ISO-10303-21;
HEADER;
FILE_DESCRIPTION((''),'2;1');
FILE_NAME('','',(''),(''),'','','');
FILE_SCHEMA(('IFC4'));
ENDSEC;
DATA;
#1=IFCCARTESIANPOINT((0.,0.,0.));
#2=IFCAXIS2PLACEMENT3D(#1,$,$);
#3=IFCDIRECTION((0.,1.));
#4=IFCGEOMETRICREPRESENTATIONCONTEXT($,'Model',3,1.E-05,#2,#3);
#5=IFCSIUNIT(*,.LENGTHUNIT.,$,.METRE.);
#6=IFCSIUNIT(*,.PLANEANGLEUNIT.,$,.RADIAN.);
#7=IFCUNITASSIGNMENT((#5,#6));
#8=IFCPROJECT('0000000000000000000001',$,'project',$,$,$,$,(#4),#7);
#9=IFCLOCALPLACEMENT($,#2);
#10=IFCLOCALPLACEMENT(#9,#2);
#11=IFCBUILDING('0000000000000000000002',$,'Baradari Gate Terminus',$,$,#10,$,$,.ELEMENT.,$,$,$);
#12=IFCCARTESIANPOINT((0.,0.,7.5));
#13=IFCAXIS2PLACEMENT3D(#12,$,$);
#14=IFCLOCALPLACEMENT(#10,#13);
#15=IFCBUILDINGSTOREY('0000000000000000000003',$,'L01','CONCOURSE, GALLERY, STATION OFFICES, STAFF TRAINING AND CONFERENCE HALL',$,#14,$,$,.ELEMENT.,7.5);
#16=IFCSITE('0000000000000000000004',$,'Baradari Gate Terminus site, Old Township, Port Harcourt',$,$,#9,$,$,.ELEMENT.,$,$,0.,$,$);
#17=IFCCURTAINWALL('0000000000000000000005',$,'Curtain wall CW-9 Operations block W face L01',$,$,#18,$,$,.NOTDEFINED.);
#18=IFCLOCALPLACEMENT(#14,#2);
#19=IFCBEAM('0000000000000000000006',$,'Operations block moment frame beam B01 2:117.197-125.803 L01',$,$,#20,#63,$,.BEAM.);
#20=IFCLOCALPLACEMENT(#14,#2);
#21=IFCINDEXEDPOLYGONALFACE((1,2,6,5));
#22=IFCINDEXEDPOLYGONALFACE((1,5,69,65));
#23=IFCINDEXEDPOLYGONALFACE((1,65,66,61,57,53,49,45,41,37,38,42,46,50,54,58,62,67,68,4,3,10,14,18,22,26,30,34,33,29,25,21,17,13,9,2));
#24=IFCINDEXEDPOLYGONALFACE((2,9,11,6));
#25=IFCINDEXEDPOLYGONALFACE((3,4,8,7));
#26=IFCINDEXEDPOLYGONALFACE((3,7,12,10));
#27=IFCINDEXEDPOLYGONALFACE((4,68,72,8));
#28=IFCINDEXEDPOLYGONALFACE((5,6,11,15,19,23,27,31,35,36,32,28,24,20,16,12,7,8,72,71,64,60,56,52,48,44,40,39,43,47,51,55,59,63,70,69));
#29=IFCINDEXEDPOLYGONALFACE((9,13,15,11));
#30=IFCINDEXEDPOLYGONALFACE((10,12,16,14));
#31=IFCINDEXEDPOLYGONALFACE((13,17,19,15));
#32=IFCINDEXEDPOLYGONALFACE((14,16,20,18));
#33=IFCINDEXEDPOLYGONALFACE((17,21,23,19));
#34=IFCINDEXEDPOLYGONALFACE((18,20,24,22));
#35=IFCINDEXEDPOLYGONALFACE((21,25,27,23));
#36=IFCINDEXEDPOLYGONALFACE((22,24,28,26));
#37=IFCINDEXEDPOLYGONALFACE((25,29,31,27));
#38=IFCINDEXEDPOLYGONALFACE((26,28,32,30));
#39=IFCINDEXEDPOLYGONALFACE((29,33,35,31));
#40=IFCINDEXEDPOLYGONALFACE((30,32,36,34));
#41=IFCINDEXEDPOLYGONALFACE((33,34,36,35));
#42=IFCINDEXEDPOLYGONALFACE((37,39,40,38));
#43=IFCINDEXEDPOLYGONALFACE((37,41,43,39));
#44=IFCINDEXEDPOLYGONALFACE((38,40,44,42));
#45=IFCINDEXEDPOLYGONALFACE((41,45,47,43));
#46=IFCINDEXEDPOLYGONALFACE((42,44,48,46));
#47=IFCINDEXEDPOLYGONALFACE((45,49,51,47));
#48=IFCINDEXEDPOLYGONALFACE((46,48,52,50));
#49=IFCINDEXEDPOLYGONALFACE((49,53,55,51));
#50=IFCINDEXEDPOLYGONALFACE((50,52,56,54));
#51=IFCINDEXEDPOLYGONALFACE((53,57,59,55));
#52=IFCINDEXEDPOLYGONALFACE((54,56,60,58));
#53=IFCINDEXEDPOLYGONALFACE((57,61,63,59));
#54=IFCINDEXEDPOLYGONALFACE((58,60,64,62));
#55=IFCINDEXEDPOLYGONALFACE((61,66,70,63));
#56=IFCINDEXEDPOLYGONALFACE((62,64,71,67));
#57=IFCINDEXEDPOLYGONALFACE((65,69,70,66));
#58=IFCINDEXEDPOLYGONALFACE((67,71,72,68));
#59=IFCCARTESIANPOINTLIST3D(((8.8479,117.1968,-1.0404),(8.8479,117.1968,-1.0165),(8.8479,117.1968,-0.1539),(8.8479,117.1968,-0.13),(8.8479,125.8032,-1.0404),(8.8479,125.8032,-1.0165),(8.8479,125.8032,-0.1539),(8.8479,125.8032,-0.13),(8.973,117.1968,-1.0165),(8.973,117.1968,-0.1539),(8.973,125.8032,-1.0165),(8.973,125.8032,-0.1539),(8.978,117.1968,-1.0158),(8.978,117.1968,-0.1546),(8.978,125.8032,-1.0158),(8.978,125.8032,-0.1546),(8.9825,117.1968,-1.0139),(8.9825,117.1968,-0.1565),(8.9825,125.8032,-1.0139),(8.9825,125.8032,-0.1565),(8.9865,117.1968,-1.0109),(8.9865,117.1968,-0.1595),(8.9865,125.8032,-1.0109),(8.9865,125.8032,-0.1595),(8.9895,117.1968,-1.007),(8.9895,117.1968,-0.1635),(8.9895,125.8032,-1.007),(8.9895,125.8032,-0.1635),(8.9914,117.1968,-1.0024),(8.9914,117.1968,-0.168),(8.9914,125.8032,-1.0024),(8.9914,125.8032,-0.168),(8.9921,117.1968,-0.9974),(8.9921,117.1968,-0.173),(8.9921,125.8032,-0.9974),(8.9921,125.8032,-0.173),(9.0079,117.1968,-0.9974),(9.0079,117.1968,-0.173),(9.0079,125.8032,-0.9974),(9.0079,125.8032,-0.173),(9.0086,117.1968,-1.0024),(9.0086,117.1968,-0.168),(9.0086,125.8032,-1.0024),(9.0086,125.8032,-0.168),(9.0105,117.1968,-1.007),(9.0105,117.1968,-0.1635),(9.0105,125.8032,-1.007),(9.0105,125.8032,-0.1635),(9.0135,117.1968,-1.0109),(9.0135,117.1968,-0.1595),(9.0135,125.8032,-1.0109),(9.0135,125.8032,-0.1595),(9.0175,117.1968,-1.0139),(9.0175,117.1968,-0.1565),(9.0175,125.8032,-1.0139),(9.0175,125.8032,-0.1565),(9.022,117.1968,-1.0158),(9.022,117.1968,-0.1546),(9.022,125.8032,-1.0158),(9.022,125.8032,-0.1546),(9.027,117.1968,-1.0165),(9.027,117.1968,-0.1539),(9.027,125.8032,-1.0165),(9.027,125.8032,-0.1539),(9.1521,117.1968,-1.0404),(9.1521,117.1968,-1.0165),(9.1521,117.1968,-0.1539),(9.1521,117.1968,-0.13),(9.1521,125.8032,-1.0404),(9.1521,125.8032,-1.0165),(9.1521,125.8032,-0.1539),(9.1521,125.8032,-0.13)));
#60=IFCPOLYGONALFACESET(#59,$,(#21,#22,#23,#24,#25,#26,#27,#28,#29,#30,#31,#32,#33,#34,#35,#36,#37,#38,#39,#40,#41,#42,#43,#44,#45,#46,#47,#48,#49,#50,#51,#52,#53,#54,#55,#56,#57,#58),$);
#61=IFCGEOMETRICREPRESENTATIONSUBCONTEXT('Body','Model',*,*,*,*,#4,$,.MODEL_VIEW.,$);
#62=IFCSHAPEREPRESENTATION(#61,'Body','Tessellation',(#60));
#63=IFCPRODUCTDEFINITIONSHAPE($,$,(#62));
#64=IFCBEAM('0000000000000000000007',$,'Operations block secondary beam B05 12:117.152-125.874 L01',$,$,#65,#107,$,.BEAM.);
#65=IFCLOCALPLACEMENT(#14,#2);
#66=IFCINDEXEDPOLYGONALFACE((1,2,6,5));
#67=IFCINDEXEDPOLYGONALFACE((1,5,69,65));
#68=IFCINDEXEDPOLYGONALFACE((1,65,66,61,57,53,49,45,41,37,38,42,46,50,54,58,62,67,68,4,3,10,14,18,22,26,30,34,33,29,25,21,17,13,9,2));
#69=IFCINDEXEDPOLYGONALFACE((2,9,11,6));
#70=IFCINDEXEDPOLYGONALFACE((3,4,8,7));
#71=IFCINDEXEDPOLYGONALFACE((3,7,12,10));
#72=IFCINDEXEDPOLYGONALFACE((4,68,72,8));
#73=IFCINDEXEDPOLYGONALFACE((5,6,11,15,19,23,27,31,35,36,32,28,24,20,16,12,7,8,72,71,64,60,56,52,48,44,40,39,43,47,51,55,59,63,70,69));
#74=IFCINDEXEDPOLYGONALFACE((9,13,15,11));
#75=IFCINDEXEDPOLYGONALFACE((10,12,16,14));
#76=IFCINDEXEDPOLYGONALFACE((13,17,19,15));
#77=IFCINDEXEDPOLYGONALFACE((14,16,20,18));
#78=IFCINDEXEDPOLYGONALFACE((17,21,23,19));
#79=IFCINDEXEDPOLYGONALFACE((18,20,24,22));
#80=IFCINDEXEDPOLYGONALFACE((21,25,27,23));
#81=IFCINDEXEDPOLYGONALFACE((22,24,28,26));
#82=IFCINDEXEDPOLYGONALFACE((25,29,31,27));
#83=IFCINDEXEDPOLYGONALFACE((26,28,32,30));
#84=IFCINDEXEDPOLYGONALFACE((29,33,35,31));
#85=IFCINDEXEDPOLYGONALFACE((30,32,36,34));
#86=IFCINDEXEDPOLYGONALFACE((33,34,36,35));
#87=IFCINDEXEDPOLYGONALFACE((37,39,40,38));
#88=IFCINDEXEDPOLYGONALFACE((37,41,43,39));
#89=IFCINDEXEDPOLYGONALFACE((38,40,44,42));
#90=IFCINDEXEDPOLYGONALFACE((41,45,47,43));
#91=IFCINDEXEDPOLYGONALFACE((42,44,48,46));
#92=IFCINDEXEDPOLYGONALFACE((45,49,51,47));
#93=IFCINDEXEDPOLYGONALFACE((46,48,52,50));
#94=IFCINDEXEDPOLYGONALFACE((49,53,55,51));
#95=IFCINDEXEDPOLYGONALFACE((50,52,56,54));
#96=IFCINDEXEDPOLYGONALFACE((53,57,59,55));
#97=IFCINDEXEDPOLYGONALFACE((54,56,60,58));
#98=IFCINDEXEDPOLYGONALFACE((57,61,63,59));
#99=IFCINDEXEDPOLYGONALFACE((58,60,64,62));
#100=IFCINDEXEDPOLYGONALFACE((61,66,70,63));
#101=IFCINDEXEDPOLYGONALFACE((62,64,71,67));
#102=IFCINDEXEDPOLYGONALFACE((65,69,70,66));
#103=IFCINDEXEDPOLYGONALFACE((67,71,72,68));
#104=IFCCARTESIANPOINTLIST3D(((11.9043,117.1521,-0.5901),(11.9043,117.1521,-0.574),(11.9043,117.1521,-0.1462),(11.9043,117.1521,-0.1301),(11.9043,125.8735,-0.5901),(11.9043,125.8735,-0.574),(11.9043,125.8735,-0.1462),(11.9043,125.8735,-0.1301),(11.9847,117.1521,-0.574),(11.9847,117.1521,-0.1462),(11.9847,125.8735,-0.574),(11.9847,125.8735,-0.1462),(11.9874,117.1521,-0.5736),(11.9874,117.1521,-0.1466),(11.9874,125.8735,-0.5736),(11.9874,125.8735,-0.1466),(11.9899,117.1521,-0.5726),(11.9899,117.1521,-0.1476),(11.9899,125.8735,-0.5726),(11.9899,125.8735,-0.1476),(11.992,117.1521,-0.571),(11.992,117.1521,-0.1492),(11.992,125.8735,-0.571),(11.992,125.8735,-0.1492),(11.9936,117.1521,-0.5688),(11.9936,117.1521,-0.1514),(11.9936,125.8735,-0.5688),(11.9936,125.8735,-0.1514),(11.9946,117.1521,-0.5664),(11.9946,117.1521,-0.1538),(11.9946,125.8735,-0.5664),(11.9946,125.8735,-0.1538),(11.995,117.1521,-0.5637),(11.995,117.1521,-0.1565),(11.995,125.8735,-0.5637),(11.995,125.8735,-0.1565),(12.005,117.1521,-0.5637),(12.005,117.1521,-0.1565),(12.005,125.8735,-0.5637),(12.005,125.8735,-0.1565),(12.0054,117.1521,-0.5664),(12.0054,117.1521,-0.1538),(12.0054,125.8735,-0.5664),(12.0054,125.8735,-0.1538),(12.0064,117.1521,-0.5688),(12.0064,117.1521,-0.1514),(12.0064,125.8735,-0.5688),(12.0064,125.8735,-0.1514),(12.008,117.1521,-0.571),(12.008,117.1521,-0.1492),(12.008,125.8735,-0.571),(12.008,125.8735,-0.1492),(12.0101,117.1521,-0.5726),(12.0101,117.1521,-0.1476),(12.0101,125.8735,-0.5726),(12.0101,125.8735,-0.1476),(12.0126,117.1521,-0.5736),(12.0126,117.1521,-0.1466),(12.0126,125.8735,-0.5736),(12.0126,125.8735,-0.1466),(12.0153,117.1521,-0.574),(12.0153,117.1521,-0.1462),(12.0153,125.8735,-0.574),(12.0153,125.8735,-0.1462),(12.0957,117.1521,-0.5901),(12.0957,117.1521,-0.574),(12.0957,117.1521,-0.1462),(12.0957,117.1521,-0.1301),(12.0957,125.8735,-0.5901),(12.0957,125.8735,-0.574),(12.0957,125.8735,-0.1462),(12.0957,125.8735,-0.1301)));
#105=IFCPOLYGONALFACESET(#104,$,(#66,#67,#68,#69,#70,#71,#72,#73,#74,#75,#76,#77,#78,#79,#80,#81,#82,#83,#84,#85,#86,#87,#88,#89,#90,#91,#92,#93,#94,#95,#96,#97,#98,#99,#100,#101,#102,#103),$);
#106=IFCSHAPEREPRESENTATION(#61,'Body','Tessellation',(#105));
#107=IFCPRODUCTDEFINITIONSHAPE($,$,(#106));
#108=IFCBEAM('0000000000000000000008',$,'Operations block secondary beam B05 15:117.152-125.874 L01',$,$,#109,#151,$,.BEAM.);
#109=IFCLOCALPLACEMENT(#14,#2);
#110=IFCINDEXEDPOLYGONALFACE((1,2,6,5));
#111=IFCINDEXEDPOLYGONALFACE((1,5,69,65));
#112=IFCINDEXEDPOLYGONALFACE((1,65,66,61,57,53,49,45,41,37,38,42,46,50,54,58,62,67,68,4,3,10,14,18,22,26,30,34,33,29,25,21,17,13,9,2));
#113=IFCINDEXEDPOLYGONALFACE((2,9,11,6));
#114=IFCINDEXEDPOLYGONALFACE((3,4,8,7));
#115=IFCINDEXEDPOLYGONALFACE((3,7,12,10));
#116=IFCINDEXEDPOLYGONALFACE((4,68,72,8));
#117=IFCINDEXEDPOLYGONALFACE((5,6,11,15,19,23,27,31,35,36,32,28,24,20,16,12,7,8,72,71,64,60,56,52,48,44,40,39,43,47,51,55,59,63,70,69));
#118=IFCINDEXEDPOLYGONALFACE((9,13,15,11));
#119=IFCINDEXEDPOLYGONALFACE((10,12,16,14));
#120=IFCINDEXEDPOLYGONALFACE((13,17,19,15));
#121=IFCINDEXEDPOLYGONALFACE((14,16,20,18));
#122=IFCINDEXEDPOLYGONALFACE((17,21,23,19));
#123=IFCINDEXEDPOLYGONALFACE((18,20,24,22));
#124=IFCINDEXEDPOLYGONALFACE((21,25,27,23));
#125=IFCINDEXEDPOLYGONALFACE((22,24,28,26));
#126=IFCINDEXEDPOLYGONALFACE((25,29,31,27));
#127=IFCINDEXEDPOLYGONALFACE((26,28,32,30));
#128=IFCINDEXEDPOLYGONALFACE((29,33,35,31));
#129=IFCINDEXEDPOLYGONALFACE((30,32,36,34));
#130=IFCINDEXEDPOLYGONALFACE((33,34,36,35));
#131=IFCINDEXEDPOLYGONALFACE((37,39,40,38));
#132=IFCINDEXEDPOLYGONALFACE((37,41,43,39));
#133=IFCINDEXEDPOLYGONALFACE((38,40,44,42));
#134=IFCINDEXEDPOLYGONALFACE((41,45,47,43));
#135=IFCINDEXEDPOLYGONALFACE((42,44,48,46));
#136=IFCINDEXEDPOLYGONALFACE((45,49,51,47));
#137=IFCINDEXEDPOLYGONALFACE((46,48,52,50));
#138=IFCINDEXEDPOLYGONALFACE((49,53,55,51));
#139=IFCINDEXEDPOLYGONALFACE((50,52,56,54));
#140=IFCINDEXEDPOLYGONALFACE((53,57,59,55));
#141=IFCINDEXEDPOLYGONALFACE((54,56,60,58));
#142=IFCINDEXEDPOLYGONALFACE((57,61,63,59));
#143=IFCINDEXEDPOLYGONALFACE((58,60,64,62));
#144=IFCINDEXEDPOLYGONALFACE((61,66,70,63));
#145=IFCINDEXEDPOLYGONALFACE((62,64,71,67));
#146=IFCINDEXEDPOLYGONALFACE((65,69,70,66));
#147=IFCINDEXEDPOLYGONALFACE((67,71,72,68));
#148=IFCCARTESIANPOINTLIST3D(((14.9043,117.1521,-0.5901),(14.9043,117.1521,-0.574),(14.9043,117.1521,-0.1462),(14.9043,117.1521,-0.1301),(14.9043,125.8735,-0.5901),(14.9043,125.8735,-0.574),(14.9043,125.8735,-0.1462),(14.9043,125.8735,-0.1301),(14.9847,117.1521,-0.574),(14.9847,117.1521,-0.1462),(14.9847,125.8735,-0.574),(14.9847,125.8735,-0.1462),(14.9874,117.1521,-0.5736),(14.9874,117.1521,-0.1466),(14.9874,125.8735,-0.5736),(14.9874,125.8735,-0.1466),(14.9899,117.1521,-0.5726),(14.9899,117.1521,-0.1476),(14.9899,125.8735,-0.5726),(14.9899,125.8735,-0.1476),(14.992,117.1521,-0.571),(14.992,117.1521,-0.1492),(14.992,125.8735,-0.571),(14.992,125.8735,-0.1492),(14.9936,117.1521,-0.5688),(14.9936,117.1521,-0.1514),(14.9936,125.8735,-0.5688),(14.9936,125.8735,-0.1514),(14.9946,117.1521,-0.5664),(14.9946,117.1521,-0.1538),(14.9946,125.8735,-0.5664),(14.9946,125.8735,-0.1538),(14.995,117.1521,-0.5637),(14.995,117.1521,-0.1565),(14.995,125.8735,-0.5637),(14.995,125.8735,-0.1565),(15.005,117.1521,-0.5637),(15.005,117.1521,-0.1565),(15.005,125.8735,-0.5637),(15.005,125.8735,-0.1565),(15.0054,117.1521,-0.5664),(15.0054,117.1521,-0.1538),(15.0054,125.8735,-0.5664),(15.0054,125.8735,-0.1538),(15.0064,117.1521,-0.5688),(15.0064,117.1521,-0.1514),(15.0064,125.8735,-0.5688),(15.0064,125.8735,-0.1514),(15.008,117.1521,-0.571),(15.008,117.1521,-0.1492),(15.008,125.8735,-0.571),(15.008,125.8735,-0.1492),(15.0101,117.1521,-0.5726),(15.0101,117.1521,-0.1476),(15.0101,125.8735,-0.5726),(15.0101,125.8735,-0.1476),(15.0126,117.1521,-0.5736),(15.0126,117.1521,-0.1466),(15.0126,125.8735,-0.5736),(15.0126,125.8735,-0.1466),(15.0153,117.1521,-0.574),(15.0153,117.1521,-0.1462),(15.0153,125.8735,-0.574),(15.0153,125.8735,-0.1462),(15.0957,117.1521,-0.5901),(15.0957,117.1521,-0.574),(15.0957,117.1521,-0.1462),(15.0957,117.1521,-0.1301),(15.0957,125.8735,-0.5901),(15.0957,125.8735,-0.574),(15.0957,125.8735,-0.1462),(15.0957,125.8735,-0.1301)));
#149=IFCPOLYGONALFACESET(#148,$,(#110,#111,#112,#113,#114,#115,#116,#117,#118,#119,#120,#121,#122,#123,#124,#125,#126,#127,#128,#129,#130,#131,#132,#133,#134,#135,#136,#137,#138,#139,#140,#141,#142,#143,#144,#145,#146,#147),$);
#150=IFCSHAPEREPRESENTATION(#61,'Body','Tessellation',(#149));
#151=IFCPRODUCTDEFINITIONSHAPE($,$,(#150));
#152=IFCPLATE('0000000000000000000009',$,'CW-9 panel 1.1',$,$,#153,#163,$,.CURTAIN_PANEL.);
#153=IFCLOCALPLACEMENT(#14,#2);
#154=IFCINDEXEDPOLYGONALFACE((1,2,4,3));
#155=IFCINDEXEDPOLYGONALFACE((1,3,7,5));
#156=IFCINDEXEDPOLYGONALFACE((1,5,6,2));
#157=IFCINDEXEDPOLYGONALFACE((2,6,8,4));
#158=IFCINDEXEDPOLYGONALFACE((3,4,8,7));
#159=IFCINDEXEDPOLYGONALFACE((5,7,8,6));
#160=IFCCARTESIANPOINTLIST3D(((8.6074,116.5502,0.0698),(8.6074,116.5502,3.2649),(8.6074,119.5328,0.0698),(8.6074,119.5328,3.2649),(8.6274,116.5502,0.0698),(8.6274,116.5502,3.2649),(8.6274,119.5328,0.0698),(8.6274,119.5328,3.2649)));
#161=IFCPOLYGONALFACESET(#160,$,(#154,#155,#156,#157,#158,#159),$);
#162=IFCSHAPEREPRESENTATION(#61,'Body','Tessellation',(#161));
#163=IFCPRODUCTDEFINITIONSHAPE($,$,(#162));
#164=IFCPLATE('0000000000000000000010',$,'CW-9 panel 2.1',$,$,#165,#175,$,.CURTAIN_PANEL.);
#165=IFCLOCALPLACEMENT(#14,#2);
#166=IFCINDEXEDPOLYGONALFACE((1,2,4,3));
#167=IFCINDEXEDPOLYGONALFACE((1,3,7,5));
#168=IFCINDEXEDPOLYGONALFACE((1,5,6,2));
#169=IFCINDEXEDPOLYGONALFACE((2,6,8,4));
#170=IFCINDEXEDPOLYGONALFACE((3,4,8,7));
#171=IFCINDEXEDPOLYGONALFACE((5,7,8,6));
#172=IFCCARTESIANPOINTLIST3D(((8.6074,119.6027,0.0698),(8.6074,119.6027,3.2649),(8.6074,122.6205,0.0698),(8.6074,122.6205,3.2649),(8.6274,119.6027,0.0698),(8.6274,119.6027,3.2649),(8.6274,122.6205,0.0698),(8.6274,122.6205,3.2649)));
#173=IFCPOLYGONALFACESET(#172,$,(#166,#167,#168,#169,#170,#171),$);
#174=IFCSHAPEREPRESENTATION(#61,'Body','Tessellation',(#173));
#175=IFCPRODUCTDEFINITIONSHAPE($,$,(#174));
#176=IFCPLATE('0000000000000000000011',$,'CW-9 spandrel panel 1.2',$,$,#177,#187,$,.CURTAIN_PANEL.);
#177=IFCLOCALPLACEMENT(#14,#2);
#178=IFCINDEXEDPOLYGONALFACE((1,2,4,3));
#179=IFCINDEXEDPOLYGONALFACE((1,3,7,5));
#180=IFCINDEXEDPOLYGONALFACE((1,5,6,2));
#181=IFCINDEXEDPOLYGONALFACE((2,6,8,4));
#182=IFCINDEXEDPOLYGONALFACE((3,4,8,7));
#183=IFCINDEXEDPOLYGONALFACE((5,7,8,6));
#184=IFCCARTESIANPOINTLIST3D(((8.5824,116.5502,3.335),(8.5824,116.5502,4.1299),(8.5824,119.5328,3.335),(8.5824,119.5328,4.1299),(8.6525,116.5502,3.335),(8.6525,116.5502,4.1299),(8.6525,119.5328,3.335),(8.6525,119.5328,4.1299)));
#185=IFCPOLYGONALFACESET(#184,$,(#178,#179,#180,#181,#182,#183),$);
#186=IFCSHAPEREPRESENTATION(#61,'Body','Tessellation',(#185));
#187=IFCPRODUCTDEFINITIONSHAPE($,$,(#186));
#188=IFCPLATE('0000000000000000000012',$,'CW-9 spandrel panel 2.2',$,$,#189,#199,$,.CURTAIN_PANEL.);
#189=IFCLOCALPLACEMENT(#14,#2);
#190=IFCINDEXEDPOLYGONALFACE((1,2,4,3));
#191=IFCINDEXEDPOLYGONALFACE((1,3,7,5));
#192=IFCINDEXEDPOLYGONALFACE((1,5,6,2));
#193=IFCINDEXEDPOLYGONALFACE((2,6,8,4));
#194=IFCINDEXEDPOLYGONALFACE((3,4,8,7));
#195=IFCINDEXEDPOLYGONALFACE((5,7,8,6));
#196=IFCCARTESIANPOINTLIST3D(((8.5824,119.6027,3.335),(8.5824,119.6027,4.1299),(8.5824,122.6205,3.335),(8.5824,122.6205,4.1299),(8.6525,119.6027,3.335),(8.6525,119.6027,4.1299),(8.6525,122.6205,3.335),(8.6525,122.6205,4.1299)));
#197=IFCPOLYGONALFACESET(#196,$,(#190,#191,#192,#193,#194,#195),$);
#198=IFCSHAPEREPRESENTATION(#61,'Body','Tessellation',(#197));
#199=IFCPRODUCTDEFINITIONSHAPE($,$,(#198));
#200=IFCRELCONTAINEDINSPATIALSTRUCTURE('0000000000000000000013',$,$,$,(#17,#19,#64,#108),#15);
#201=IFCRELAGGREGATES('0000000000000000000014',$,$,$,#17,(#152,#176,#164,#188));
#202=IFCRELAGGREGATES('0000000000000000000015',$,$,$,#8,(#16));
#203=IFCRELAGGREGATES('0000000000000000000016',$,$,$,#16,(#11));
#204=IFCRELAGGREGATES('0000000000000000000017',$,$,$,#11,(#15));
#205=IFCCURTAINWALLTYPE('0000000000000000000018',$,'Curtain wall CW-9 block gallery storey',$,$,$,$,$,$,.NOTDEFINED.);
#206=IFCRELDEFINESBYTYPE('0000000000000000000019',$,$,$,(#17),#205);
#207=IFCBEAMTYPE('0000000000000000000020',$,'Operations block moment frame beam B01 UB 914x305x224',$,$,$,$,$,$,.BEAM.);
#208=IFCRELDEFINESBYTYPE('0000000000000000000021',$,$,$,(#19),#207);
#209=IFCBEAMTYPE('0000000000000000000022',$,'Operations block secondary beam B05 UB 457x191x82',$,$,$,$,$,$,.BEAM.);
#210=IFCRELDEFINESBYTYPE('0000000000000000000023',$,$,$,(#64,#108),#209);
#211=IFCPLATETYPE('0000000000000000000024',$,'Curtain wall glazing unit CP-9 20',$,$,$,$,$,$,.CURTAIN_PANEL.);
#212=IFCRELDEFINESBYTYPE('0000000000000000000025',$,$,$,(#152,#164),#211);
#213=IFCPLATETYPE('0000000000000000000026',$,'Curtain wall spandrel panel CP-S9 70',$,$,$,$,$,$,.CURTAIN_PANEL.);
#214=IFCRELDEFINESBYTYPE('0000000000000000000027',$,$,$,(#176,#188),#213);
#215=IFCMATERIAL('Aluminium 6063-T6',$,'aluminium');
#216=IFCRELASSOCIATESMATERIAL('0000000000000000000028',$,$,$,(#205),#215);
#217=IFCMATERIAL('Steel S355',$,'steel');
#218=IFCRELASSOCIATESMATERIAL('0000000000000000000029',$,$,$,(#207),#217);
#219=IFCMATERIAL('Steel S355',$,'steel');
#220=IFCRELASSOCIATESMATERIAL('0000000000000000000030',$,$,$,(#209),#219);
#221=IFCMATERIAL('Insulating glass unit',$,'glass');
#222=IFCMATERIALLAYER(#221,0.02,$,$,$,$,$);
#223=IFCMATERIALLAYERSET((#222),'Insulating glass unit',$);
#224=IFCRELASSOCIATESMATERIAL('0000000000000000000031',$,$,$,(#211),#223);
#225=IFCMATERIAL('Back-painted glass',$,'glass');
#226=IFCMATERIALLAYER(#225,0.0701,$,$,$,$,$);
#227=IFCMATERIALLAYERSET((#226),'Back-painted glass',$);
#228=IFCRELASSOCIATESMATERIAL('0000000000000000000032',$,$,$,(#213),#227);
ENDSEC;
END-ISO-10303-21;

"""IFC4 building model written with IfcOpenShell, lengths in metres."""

from ifc_helpers import new_model, si_unit, direction, frame, origin, origin_2d, place, context, subcontext, project, spatial, rectangle, i_section, extrude, material, layer, layer_set, material_profile, profile_set, type_object, element, aggregate, save


model = new_model("IFC4")

# Units and contexts
model_context = context("Model", 3, precision=1e-05, world=origin(), true_north=direction((0.0, 1.0)))
body_context = subcontext(model_context, "Body", "Model", "MODEL_VIEW")
ifc_project = project(units=[si_unit("LENGTHUNIT", "METRE"), si_unit("PLANEANGLEUNIT", "RADIAN")], contexts=[model_context])

# Site, building, storey
site_placement = place(None, origin())
site = spatial("IfcSite", under=ifc_project, at=site_placement, Name="Baradari Gate Terminus site, Old Township, Port Harcourt", CompositionType="ELEMENT", RefElevation=0.0)
building_placement = place(site_placement, origin())
building = spatial("IfcBuilding", under=site, at=building_placement, Name="Baradari Gate Terminus", CompositionType="ELEMENT")
storey_placement = place(building_placement, frame((0.0, 0.0, 7.5)))
storey = spatial("IfcBuildingStorey", under=building, at=storey_placement, Name="L01", Description="CONCOURSE, GALLERY, STATION OFFICES, STAFF TRAINING AND CONFERENCE HALL", CompositionType="ELEMENT", Elevation=7.5)

# Curtain wall
ifc_material_1 = material(Name="Aluminium 6063-T6", Category="aluminium")
curtain_wall_type = type_object("IfcCurtainWallType", Name="Curtain wall CW-9 block gallery storey", PredefinedType="NOTDEFINED", material=ifc_material_1)
curtain_wall_placement = place(storey_placement, origin())
curtain_wall = element("IfcCurtainWall", 1, at=curtain_wall_placement, inside=storey, type_object=curtain_wall_type, Name="Curtain wall CW-9 Operations block W face L01", PredefinedType="NOTDEFINED")

# Beams
ifc_material_2 = material(Name="Steel S355", Category="steel")
ifc_material_profile_1 = material_profile(ifc_material_2, i_section(OverallWidth=0.3042, OverallDepth=0.9104, WebThickness=0.0159, FlangeThickness=0.0239, FilletRadius=0.019, at=origin_2d()), Name="UB 914x305x224")
ifc_profile_set_1 = profile_set([ifc_material_profile_1], Name="Steel S355")
beam_type_1 = type_object("IfcBeamType", Name="Operations block moment frame beam B01 UB 914x305x224", PredefinedType="BEAM", material=ifc_profile_set_1)
beam_1_placement = place(storey_placement, frame((9.0, 117.1968, -0.5852), z_axis=(0.0, 1.0, 0.0), x_axis=(-1.0, 0.0, 0.0)))
element("IfcBeam", 2, at=beam_1_placement, inside=storey, type_object=beam_type_1, Name="Operations block moment frame beam B01 2:117.197-125.803 L01", PredefinedType="BEAM", context=body_context, shape_type="SweptSolid", body=[
    extrude(i_section(OverallWidth=0.3042, OverallDepth=0.9104, WebThickness=0.0159, FlangeThickness=0.0239, FilletRadius=0.019, at=origin_2d()), origin(), (0.0, 0.0, 1.0), 8.6064),
])
ifc_material_3 = material(Name="Steel S355", Category="steel")
ifc_material_profile_2 = material_profile(ifc_material_3, i_section(OverallWidth=0.1914, OverallDepth=0.46, WebThickness=0.01, FlangeThickness=0.0161, FilletRadius=0.0103, at=origin_2d()), Name="UB 457x191x82")
ifc_profile_set_2 = profile_set([ifc_material_profile_2], Name="Steel S355")
beam_type_2 = type_object("IfcBeamType", Name="Operations block secondary beam B05 UB 457x191x82", PredefinedType="BEAM", material=ifc_profile_set_2)
for number, where, z_axis, x_axis, name in (
    (3, (12.0, 117.1521, -0.3601), (0.0, 1.0, 0.0), (-1.0, 0.0, 0.0), "Operations block secondary beam B05 12:117.152-125.874 L01"),
    (4, (15.0, 117.1521, -0.3601), (0.0, 1.0, 0.0), (-1.0, 0.0, 0.0), "Operations block secondary beam B05 15:117.152-125.874 L01"),
):
    element("IfcBeam", number, at=place(storey_placement, frame(where, z_axis=z_axis, x_axis=x_axis)), inside=storey, type_object=beam_type_2, Name=name, PredefinedType="BEAM", context=body_context, shape_type="SweptSolid", body=[
        extrude(i_section(OverallWidth=0.1914, OverallDepth=0.46, WebThickness=0.01, FlangeThickness=0.0161, FilletRadius=0.0103, at=origin_2d()), origin(), (0.0, 0.0, 1.0), 8.7214),
    ])

# Plates
ifc_material_4 = material(Name="Insulating glass unit", Category="glass")
ifc_layer_1 = layer(ifc_material_4, 0.02)
ifc_layer_set_1 = layer_set([ifc_layer_1], Name="Insulating glass unit")
plate_type_1 = type_object("IfcPlateType", Name="Curtain wall glazing unit CP-9 20", PredefinedType="CURTAIN_PANEL", material=ifc_layer_set_1)
plate_1_placement = place(storey_placement, frame((8.6174, 118.0415, 0.0698), z_axis=(0.0, 0.0, 1.0), x_axis=(0.0, 1.0, 0.0)))
plate_1 = element("IfcPlate", 5, at=plate_1_placement, type_object=plate_type_1, Name="CW-9 panel 1.1", PredefinedType="CURTAIN_PANEL", context=body_context, shape_type="SweptSolid", body=[
    extrude(rectangle(XDim=2.9827, YDim=0.02, at=origin_2d()), origin(), (0.0, 0.0, 1.0), 3.1951),
])
plate_2_placement = place(storey_placement, frame((8.6174, 121.1116, 0.0698), z_axis=(0.0, 0.0, 1.0), x_axis=(0.0, 1.0, 0.0)))
plate_2 = element("IfcPlate", 6, at=plate_2_placement, type_object=plate_type_1, Name="CW-9 panel 2.1", PredefinedType="CURTAIN_PANEL", context=body_context, shape_type="SweptSolid", body=[
    extrude(rectangle(XDim=3.0178, YDim=0.02, at=origin_2d()), origin(), (0.0, 0.0, 1.0), 3.1951),
])
ifc_material_5 = material(Name="Back-painted glass", Category="glass")
ifc_layer_2 = layer(ifc_material_5, 0.0701)
ifc_layer_set_2 = layer_set([ifc_layer_2], Name="Back-painted glass")
plate_type_2 = type_object("IfcPlateType", Name="Curtain wall spandrel panel CP-S9 70", PredefinedType="CURTAIN_PANEL", material=ifc_layer_set_2)
plate_3_placement = place(storey_placement, frame((8.6174, 118.0415, 3.335), z_axis=(0.0, 0.0, 1.0), x_axis=(0.0, 1.0, 0.0)))
plate_3 = element("IfcPlate", 7, at=plate_3_placement, type_object=plate_type_2, Name="CW-9 spandrel panel 1.2", PredefinedType="CURTAIN_PANEL", context=body_context, shape_type="SweptSolid", body=[
    extrude(rectangle(XDim=2.9827, YDim=0.0701, at=origin_2d()), origin(), (0.0, 0.0, 1.0), 0.7949),
])
plate_4_placement = place(storey_placement, frame((8.6174, 121.1116, 3.335), z_axis=(0.0, 0.0, 1.0), x_axis=(0.0, 1.0, 0.0)))
plate_4 = element("IfcPlate", 8, at=plate_4_placement, type_object=plate_type_2, Name="CW-9 spandrel panel 2.2", PredefinedType="CURTAIN_PANEL", context=body_context, shape_type="SweptSolid", body=[
    extrude(rectangle(XDim=3.0178, YDim=0.0701, at=origin_2d()), origin(), (0.0, 0.0, 1.0), 0.7949),
])
aggregate(curtain_wall, [plate_1, plate_3, plate_2, plate_4])

save(model, "model.ifc")
